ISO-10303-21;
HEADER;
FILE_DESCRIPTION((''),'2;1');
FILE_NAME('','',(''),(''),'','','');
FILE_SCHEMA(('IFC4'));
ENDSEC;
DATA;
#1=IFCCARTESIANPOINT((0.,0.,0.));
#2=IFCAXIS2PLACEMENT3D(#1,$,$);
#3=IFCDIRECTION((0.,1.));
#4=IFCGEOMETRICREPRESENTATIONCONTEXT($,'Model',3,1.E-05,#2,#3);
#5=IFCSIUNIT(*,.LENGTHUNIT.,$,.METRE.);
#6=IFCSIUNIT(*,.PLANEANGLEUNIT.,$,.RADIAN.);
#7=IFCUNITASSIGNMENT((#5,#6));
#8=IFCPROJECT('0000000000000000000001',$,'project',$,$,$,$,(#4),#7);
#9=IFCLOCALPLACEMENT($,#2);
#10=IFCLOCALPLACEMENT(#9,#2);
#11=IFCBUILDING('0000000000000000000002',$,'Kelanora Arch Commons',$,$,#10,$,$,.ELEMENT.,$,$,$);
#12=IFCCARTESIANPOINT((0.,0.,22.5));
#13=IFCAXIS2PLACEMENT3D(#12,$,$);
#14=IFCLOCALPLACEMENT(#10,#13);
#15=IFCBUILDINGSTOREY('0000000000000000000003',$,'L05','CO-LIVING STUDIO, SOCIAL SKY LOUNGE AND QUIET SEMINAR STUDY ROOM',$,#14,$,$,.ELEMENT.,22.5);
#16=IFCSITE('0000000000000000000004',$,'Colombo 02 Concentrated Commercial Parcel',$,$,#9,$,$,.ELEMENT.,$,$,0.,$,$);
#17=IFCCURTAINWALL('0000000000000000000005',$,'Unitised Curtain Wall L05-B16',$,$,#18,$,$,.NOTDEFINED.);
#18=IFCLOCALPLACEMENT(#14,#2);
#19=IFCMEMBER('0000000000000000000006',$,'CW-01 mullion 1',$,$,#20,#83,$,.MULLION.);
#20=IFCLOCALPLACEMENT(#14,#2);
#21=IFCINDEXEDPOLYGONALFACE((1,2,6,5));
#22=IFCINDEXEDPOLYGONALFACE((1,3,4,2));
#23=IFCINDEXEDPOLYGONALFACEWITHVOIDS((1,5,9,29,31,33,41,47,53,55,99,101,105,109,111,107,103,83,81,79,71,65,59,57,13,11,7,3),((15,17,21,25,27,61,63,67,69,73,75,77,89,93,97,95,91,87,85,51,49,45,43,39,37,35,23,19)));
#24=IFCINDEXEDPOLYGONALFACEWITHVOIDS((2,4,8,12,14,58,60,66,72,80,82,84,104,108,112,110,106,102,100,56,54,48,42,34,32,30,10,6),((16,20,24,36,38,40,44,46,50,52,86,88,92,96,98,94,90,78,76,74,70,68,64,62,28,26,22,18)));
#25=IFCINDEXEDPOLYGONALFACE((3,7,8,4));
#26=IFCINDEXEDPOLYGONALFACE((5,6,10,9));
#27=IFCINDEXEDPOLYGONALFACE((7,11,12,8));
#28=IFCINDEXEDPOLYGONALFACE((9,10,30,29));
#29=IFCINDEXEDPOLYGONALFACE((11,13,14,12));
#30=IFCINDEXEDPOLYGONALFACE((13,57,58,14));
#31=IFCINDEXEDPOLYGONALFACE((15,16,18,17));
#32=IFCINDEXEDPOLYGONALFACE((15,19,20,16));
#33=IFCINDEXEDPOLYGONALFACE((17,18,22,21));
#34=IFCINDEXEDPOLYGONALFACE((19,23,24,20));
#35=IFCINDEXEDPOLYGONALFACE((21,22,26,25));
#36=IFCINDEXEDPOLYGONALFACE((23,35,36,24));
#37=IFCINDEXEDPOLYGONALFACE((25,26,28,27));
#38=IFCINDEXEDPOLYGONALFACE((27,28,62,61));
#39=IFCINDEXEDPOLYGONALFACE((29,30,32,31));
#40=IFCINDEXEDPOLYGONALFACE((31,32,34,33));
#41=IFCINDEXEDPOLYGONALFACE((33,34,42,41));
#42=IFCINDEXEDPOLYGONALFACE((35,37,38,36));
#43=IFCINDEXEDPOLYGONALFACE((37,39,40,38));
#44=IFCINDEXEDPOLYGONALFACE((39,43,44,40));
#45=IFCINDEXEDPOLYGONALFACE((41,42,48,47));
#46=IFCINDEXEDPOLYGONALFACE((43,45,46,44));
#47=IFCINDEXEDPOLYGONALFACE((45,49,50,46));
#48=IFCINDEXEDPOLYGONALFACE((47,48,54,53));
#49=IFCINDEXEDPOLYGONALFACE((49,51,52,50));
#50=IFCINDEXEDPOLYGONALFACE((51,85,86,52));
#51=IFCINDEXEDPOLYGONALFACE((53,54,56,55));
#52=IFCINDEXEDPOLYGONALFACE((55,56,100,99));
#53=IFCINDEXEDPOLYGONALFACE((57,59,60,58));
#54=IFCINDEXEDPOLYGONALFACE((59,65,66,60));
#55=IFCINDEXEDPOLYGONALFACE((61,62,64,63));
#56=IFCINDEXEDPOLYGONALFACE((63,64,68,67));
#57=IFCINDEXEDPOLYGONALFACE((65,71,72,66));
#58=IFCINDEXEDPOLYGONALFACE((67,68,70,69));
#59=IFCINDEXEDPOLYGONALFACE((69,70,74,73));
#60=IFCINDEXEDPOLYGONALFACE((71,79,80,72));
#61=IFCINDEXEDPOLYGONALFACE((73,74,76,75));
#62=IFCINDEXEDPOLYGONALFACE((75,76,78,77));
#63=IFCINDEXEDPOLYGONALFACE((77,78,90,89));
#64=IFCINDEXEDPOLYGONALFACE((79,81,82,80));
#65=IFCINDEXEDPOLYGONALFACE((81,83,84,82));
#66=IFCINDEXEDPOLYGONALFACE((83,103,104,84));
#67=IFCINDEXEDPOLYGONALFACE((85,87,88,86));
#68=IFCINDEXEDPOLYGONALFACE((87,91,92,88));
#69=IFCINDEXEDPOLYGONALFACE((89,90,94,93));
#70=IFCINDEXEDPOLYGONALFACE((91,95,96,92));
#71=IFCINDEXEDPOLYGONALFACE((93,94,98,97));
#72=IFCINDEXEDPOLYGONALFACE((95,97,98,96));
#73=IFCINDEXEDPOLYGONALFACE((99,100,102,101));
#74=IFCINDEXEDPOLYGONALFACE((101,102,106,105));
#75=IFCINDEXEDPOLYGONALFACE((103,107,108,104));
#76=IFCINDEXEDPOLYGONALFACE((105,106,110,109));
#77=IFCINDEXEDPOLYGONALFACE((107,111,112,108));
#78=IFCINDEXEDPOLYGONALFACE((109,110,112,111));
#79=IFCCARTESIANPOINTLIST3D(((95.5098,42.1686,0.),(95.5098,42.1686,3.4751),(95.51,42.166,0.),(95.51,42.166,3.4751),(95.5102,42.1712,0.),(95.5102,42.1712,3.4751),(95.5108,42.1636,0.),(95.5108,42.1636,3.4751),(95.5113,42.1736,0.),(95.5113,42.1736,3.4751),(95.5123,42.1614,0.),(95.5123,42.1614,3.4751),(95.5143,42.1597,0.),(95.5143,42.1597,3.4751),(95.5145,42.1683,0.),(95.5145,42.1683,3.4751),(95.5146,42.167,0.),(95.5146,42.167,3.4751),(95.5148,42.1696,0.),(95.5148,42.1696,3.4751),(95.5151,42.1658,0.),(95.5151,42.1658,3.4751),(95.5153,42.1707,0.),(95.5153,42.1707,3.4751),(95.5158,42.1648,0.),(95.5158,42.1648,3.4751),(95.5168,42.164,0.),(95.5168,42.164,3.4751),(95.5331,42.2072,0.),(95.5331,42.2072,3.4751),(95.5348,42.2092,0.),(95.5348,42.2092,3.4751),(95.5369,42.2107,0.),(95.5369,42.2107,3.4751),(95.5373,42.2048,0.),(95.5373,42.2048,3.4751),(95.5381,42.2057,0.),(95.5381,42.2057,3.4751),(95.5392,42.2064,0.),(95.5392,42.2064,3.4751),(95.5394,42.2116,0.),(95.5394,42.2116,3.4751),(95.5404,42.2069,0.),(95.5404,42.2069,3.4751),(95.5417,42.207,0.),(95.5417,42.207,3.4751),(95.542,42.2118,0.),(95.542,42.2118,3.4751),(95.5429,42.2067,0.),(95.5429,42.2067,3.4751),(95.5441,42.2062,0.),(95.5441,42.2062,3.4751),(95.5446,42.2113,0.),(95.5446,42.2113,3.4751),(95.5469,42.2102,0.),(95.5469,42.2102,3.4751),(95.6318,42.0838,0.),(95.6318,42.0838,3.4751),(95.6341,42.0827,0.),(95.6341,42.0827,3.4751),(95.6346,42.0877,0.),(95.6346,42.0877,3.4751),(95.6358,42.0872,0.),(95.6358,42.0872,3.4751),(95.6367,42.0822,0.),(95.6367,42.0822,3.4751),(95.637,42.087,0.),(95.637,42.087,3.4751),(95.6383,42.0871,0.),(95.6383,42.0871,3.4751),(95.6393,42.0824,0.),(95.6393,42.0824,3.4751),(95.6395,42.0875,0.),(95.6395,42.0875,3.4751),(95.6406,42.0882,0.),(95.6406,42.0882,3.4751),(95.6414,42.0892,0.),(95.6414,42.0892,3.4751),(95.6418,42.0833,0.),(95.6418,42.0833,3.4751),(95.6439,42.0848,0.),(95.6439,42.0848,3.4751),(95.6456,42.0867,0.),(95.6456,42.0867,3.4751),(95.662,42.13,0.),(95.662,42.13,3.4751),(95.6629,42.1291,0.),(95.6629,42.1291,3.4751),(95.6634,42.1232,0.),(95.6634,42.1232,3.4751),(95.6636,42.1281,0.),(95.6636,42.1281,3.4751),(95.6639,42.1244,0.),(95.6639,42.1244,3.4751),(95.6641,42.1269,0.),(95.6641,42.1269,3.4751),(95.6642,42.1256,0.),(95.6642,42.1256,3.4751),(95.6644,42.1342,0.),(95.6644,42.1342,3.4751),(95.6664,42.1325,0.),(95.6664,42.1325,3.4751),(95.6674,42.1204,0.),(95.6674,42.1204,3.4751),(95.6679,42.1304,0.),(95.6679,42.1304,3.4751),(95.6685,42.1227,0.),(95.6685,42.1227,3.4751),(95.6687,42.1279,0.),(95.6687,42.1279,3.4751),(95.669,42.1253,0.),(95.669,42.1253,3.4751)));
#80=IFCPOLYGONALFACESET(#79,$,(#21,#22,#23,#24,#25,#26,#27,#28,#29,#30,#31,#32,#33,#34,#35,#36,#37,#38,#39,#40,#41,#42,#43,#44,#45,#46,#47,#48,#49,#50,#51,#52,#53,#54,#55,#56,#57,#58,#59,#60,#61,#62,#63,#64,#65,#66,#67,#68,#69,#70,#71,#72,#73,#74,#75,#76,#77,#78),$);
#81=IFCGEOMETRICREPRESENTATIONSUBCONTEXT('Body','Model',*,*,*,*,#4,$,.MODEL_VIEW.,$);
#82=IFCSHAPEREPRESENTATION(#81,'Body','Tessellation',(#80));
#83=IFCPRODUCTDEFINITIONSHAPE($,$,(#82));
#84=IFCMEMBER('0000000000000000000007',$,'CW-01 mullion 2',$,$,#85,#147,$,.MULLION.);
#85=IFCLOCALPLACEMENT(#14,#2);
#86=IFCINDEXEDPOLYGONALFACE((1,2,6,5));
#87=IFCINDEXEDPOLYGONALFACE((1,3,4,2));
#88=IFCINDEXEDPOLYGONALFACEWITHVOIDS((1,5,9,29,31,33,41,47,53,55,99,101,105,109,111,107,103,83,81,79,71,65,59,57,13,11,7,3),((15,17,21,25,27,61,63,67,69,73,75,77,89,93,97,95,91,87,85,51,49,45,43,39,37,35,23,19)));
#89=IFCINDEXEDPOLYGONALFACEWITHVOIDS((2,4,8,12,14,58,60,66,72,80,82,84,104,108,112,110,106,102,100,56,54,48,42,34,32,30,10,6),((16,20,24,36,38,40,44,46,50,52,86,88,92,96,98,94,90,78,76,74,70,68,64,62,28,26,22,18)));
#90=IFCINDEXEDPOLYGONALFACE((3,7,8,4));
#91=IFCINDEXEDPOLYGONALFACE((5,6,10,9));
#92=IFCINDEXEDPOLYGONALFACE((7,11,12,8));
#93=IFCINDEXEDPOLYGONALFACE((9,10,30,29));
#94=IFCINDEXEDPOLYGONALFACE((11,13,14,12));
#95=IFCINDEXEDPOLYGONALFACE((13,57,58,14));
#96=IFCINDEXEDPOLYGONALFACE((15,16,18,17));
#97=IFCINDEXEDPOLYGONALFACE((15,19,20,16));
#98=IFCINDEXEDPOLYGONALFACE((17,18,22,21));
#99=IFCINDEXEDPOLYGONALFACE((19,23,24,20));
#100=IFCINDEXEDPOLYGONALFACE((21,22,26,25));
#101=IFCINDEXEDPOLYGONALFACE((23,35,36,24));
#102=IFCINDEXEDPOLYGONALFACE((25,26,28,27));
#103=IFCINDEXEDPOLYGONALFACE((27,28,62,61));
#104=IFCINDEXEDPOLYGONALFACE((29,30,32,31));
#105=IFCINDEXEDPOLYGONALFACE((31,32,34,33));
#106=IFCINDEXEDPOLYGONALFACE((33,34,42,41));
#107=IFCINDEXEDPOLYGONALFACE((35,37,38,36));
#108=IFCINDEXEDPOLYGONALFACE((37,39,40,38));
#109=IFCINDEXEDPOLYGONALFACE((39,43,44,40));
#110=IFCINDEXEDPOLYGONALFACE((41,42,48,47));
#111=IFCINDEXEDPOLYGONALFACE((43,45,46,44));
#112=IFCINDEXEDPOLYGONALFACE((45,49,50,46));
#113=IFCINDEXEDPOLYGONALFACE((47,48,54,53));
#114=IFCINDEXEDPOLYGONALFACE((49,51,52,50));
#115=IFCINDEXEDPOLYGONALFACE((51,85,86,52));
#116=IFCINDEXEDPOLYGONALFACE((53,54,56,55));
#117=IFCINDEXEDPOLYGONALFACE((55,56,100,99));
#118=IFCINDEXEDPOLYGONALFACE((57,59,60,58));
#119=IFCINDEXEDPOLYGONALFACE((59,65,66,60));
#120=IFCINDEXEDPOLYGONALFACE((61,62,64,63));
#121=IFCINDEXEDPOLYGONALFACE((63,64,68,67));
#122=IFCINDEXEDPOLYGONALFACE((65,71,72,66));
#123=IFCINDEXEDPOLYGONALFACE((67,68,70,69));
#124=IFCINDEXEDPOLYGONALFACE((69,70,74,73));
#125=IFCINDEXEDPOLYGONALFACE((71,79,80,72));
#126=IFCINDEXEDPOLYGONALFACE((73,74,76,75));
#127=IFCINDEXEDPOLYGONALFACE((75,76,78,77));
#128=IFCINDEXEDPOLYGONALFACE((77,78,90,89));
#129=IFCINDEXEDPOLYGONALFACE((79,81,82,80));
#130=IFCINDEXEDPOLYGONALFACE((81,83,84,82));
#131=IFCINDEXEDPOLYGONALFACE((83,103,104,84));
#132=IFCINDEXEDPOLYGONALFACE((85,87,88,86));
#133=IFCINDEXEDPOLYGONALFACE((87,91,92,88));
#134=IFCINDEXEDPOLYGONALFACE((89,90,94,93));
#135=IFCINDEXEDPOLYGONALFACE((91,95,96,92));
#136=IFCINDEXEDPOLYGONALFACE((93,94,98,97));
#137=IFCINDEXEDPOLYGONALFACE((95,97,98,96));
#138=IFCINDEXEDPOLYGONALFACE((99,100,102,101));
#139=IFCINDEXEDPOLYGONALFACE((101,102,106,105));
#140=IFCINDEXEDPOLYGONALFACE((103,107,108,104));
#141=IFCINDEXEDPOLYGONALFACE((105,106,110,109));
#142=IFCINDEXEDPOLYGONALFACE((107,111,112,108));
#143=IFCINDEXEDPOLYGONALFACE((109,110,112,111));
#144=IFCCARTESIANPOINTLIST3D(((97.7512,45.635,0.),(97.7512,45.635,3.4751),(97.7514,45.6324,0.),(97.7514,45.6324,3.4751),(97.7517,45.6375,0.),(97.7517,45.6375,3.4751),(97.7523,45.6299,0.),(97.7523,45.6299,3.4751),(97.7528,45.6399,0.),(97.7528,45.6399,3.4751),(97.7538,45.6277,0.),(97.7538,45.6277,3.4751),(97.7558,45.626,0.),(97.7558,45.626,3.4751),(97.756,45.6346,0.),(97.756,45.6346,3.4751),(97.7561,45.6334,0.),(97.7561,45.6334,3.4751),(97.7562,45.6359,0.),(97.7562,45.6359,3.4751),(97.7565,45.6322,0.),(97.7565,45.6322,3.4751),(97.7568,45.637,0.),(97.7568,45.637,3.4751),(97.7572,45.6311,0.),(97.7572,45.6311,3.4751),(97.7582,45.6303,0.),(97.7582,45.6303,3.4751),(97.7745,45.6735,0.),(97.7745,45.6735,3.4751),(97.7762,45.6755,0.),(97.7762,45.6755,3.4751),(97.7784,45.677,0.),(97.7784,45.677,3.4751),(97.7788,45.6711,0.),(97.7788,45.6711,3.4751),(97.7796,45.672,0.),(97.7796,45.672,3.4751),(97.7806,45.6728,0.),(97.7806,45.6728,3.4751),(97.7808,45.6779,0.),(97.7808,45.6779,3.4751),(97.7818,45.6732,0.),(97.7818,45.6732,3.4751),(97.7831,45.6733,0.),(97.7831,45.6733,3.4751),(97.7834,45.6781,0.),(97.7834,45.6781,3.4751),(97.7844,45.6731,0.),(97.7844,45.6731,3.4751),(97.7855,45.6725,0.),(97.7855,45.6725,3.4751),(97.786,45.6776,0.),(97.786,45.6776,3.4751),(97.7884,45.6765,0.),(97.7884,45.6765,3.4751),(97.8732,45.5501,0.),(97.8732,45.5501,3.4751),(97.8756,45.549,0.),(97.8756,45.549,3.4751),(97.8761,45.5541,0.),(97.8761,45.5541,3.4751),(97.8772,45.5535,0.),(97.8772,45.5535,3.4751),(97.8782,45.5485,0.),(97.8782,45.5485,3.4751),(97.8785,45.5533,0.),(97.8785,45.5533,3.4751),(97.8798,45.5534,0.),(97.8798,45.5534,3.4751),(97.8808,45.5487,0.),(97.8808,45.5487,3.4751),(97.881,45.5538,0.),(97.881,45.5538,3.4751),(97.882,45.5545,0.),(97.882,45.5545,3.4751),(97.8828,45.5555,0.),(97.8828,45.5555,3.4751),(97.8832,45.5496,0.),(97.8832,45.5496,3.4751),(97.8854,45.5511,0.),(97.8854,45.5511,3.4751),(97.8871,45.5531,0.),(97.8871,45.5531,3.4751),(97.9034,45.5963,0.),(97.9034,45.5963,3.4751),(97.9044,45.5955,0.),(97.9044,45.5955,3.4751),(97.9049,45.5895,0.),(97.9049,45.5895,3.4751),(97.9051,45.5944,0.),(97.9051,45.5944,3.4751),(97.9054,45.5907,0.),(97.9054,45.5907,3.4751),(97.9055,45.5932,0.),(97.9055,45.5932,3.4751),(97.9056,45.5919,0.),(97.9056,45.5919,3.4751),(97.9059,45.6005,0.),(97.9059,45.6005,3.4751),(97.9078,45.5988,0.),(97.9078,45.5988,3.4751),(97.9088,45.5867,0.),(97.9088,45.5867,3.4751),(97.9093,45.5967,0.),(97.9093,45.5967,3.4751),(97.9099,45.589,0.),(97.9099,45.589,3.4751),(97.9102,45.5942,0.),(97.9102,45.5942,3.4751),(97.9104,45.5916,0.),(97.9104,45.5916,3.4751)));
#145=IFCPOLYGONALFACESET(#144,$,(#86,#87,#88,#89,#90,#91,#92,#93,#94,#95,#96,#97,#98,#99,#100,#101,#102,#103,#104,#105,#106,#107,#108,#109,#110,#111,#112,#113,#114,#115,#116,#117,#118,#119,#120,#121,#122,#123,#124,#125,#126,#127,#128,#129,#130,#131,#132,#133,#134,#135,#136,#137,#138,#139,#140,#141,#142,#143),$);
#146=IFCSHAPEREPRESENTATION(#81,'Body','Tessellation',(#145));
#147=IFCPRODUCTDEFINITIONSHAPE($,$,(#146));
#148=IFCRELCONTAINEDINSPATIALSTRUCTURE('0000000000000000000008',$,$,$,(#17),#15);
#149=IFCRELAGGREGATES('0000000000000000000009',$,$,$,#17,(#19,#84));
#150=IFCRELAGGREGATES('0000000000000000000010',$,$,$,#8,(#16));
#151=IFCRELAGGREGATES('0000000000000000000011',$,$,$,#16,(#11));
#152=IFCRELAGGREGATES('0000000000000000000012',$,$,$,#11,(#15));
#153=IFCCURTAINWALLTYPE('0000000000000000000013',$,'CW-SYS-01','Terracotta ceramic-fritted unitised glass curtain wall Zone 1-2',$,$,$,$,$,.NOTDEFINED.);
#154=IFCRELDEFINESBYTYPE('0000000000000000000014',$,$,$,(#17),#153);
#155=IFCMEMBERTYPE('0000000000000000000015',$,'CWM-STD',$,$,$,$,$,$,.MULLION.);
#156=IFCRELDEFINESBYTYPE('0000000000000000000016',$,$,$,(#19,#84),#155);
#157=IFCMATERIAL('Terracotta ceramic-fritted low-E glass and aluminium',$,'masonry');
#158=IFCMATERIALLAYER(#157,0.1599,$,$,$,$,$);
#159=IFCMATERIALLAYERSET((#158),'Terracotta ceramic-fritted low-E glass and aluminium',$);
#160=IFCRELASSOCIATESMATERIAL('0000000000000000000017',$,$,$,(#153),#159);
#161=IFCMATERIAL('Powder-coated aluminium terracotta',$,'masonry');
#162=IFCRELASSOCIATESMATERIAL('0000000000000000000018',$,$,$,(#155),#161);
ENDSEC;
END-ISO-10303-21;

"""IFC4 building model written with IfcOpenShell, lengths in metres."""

from ifc_helpers import new_model, si_unit, direction, frame, origin, origin_2d, place, context, subcontext, project, spatial, hollow_rectangle, extrude, material, layer, layer_set, material_profile, profile_set, type_object, element, aggregate, save


model = new_model("IFC4")

# Units and contexts
model_context = context("Model", 3, precision=1e-05, world=origin(), true_north=direction((0.0, 1.0)))
body_context = subcontext(model_context, "Body", "Model", "MODEL_VIEW")
ifc_project = project(units=[si_unit("LENGTHUNIT", "METRE"), si_unit("PLANEANGLEUNIT", "RADIAN")], contexts=[model_context])

# Site, building, storey
site_placement = place(None, origin())
site = spatial("IfcSite", under=ifc_project, at=site_placement, Name="Colombo 02 Concentrated Commercial Parcel", CompositionType="ELEMENT", RefElevation=0.0)
building_placement = place(site_placement, origin())
building = spatial("IfcBuilding", under=site, at=building_placement, Name="Kelanora Arch Commons", CompositionType="ELEMENT")
storey_placement = place(building_placement, frame((0.0, 0.0, 22.5)))
storey = spatial("IfcBuildingStorey", under=building, at=storey_placement, Name="L05", Description="CO-LIVING STUDIO, SOCIAL SKY LOUNGE AND QUIET SEMINAR STUDY ROOM", CompositionType="ELEMENT", Elevation=22.5)

# Curtain wall, members
ifc_material_1 = material(Name="Terracotta ceramic-fritted low-E glass and aluminium", Category="masonry")
ifc_layer_1 = layer(ifc_material_1, 0.1599)
ifc_layer_set_1 = layer_set([ifc_layer_1], Name="Terracotta ceramic-fritted low-E glass and aluminium")
curtain_wall_type = type_object("IfcCurtainWallType", Name="CW-SYS-01", Description="Terracotta ceramic-fritted unitised glass curtain wall Zone 1-2", PredefinedType="NOTDEFINED", material=ifc_layer_set_1)
curtain_wall_placement = place(storey_placement, origin())
curtain_wall = element("IfcCurtainWall", 1, at=curtain_wall_placement, inside=storey, type_object=curtain_wall_type, Name="Unitised Curtain Wall L05-B16", PredefinedType="NOTDEFINED")
ifc_material_2 = material(Name="Powder-coated aluminium terracotta", Category="masonry")
ifc_material_profile_1 = material_profile(ifc_material_2, hollow_rectangle(XDim=0.1599, YDim=0.0601, WallThickness=0.0049, InnerFilletRadius=0.0049, OuterFilletRadius=0.01, at=origin_2d()), Name="CWM160x60")
ifc_profile_set_1 = profile_set([ifc_material_profile_1], Name="Powder-coated aluminium terracotta")
member_type_1 = type_object("IfcMemberType", Name="CWM-STD", PredefinedType="MULLION", material=ifc_profile_set_1)
member_1_placement = place(storey_placement, frame((95.5894, 42.147, 0.0), z_axis=(0.0, 0.0, 1.0), x_axis=(-0.83973, 0.543004, 0.0)))
member_1 = element("IfcMember", 2, at=member_1_placement, type_object=member_type_1, Name="CW-01 mullion 1", PredefinedType="MULLION", context=body_context, shape_type="SweptSolid", body=[
    extrude(hollow_rectangle(XDim=0.1599, YDim=0.0601, WallThickness=0.0049, InnerFilletRadius=0.0049, OuterFilletRadius=0.01, at=origin_2d()), origin(), (0.0, 0.0, 1.0), 3.4751),
])
member_2_placement = place(storey_placement, frame((97.8308, 45.6133, 0.0), z_axis=(0.0, 0.0, 1.0), x_axis=(-0.83973, 0.543004, 0.0)))
member_2 = element("IfcMember", 3, at=member_2_placement, type_object=member_type_1, Name="CW-01 mullion 2", PredefinedType="MULLION", context=body_context, shape_type="SweptSolid", body=[
    extrude(hollow_rectangle(XDim=0.1599, YDim=0.0601, WallThickness=0.0049, InnerFilletRadius=0.0049, OuterFilletRadius=0.01, at=origin_2d()), origin(), (0.0, 0.0, 1.0), 3.4751),
])
aggregate(curtain_wall, [member_1, member_2])

save(model, "model.ifc")
